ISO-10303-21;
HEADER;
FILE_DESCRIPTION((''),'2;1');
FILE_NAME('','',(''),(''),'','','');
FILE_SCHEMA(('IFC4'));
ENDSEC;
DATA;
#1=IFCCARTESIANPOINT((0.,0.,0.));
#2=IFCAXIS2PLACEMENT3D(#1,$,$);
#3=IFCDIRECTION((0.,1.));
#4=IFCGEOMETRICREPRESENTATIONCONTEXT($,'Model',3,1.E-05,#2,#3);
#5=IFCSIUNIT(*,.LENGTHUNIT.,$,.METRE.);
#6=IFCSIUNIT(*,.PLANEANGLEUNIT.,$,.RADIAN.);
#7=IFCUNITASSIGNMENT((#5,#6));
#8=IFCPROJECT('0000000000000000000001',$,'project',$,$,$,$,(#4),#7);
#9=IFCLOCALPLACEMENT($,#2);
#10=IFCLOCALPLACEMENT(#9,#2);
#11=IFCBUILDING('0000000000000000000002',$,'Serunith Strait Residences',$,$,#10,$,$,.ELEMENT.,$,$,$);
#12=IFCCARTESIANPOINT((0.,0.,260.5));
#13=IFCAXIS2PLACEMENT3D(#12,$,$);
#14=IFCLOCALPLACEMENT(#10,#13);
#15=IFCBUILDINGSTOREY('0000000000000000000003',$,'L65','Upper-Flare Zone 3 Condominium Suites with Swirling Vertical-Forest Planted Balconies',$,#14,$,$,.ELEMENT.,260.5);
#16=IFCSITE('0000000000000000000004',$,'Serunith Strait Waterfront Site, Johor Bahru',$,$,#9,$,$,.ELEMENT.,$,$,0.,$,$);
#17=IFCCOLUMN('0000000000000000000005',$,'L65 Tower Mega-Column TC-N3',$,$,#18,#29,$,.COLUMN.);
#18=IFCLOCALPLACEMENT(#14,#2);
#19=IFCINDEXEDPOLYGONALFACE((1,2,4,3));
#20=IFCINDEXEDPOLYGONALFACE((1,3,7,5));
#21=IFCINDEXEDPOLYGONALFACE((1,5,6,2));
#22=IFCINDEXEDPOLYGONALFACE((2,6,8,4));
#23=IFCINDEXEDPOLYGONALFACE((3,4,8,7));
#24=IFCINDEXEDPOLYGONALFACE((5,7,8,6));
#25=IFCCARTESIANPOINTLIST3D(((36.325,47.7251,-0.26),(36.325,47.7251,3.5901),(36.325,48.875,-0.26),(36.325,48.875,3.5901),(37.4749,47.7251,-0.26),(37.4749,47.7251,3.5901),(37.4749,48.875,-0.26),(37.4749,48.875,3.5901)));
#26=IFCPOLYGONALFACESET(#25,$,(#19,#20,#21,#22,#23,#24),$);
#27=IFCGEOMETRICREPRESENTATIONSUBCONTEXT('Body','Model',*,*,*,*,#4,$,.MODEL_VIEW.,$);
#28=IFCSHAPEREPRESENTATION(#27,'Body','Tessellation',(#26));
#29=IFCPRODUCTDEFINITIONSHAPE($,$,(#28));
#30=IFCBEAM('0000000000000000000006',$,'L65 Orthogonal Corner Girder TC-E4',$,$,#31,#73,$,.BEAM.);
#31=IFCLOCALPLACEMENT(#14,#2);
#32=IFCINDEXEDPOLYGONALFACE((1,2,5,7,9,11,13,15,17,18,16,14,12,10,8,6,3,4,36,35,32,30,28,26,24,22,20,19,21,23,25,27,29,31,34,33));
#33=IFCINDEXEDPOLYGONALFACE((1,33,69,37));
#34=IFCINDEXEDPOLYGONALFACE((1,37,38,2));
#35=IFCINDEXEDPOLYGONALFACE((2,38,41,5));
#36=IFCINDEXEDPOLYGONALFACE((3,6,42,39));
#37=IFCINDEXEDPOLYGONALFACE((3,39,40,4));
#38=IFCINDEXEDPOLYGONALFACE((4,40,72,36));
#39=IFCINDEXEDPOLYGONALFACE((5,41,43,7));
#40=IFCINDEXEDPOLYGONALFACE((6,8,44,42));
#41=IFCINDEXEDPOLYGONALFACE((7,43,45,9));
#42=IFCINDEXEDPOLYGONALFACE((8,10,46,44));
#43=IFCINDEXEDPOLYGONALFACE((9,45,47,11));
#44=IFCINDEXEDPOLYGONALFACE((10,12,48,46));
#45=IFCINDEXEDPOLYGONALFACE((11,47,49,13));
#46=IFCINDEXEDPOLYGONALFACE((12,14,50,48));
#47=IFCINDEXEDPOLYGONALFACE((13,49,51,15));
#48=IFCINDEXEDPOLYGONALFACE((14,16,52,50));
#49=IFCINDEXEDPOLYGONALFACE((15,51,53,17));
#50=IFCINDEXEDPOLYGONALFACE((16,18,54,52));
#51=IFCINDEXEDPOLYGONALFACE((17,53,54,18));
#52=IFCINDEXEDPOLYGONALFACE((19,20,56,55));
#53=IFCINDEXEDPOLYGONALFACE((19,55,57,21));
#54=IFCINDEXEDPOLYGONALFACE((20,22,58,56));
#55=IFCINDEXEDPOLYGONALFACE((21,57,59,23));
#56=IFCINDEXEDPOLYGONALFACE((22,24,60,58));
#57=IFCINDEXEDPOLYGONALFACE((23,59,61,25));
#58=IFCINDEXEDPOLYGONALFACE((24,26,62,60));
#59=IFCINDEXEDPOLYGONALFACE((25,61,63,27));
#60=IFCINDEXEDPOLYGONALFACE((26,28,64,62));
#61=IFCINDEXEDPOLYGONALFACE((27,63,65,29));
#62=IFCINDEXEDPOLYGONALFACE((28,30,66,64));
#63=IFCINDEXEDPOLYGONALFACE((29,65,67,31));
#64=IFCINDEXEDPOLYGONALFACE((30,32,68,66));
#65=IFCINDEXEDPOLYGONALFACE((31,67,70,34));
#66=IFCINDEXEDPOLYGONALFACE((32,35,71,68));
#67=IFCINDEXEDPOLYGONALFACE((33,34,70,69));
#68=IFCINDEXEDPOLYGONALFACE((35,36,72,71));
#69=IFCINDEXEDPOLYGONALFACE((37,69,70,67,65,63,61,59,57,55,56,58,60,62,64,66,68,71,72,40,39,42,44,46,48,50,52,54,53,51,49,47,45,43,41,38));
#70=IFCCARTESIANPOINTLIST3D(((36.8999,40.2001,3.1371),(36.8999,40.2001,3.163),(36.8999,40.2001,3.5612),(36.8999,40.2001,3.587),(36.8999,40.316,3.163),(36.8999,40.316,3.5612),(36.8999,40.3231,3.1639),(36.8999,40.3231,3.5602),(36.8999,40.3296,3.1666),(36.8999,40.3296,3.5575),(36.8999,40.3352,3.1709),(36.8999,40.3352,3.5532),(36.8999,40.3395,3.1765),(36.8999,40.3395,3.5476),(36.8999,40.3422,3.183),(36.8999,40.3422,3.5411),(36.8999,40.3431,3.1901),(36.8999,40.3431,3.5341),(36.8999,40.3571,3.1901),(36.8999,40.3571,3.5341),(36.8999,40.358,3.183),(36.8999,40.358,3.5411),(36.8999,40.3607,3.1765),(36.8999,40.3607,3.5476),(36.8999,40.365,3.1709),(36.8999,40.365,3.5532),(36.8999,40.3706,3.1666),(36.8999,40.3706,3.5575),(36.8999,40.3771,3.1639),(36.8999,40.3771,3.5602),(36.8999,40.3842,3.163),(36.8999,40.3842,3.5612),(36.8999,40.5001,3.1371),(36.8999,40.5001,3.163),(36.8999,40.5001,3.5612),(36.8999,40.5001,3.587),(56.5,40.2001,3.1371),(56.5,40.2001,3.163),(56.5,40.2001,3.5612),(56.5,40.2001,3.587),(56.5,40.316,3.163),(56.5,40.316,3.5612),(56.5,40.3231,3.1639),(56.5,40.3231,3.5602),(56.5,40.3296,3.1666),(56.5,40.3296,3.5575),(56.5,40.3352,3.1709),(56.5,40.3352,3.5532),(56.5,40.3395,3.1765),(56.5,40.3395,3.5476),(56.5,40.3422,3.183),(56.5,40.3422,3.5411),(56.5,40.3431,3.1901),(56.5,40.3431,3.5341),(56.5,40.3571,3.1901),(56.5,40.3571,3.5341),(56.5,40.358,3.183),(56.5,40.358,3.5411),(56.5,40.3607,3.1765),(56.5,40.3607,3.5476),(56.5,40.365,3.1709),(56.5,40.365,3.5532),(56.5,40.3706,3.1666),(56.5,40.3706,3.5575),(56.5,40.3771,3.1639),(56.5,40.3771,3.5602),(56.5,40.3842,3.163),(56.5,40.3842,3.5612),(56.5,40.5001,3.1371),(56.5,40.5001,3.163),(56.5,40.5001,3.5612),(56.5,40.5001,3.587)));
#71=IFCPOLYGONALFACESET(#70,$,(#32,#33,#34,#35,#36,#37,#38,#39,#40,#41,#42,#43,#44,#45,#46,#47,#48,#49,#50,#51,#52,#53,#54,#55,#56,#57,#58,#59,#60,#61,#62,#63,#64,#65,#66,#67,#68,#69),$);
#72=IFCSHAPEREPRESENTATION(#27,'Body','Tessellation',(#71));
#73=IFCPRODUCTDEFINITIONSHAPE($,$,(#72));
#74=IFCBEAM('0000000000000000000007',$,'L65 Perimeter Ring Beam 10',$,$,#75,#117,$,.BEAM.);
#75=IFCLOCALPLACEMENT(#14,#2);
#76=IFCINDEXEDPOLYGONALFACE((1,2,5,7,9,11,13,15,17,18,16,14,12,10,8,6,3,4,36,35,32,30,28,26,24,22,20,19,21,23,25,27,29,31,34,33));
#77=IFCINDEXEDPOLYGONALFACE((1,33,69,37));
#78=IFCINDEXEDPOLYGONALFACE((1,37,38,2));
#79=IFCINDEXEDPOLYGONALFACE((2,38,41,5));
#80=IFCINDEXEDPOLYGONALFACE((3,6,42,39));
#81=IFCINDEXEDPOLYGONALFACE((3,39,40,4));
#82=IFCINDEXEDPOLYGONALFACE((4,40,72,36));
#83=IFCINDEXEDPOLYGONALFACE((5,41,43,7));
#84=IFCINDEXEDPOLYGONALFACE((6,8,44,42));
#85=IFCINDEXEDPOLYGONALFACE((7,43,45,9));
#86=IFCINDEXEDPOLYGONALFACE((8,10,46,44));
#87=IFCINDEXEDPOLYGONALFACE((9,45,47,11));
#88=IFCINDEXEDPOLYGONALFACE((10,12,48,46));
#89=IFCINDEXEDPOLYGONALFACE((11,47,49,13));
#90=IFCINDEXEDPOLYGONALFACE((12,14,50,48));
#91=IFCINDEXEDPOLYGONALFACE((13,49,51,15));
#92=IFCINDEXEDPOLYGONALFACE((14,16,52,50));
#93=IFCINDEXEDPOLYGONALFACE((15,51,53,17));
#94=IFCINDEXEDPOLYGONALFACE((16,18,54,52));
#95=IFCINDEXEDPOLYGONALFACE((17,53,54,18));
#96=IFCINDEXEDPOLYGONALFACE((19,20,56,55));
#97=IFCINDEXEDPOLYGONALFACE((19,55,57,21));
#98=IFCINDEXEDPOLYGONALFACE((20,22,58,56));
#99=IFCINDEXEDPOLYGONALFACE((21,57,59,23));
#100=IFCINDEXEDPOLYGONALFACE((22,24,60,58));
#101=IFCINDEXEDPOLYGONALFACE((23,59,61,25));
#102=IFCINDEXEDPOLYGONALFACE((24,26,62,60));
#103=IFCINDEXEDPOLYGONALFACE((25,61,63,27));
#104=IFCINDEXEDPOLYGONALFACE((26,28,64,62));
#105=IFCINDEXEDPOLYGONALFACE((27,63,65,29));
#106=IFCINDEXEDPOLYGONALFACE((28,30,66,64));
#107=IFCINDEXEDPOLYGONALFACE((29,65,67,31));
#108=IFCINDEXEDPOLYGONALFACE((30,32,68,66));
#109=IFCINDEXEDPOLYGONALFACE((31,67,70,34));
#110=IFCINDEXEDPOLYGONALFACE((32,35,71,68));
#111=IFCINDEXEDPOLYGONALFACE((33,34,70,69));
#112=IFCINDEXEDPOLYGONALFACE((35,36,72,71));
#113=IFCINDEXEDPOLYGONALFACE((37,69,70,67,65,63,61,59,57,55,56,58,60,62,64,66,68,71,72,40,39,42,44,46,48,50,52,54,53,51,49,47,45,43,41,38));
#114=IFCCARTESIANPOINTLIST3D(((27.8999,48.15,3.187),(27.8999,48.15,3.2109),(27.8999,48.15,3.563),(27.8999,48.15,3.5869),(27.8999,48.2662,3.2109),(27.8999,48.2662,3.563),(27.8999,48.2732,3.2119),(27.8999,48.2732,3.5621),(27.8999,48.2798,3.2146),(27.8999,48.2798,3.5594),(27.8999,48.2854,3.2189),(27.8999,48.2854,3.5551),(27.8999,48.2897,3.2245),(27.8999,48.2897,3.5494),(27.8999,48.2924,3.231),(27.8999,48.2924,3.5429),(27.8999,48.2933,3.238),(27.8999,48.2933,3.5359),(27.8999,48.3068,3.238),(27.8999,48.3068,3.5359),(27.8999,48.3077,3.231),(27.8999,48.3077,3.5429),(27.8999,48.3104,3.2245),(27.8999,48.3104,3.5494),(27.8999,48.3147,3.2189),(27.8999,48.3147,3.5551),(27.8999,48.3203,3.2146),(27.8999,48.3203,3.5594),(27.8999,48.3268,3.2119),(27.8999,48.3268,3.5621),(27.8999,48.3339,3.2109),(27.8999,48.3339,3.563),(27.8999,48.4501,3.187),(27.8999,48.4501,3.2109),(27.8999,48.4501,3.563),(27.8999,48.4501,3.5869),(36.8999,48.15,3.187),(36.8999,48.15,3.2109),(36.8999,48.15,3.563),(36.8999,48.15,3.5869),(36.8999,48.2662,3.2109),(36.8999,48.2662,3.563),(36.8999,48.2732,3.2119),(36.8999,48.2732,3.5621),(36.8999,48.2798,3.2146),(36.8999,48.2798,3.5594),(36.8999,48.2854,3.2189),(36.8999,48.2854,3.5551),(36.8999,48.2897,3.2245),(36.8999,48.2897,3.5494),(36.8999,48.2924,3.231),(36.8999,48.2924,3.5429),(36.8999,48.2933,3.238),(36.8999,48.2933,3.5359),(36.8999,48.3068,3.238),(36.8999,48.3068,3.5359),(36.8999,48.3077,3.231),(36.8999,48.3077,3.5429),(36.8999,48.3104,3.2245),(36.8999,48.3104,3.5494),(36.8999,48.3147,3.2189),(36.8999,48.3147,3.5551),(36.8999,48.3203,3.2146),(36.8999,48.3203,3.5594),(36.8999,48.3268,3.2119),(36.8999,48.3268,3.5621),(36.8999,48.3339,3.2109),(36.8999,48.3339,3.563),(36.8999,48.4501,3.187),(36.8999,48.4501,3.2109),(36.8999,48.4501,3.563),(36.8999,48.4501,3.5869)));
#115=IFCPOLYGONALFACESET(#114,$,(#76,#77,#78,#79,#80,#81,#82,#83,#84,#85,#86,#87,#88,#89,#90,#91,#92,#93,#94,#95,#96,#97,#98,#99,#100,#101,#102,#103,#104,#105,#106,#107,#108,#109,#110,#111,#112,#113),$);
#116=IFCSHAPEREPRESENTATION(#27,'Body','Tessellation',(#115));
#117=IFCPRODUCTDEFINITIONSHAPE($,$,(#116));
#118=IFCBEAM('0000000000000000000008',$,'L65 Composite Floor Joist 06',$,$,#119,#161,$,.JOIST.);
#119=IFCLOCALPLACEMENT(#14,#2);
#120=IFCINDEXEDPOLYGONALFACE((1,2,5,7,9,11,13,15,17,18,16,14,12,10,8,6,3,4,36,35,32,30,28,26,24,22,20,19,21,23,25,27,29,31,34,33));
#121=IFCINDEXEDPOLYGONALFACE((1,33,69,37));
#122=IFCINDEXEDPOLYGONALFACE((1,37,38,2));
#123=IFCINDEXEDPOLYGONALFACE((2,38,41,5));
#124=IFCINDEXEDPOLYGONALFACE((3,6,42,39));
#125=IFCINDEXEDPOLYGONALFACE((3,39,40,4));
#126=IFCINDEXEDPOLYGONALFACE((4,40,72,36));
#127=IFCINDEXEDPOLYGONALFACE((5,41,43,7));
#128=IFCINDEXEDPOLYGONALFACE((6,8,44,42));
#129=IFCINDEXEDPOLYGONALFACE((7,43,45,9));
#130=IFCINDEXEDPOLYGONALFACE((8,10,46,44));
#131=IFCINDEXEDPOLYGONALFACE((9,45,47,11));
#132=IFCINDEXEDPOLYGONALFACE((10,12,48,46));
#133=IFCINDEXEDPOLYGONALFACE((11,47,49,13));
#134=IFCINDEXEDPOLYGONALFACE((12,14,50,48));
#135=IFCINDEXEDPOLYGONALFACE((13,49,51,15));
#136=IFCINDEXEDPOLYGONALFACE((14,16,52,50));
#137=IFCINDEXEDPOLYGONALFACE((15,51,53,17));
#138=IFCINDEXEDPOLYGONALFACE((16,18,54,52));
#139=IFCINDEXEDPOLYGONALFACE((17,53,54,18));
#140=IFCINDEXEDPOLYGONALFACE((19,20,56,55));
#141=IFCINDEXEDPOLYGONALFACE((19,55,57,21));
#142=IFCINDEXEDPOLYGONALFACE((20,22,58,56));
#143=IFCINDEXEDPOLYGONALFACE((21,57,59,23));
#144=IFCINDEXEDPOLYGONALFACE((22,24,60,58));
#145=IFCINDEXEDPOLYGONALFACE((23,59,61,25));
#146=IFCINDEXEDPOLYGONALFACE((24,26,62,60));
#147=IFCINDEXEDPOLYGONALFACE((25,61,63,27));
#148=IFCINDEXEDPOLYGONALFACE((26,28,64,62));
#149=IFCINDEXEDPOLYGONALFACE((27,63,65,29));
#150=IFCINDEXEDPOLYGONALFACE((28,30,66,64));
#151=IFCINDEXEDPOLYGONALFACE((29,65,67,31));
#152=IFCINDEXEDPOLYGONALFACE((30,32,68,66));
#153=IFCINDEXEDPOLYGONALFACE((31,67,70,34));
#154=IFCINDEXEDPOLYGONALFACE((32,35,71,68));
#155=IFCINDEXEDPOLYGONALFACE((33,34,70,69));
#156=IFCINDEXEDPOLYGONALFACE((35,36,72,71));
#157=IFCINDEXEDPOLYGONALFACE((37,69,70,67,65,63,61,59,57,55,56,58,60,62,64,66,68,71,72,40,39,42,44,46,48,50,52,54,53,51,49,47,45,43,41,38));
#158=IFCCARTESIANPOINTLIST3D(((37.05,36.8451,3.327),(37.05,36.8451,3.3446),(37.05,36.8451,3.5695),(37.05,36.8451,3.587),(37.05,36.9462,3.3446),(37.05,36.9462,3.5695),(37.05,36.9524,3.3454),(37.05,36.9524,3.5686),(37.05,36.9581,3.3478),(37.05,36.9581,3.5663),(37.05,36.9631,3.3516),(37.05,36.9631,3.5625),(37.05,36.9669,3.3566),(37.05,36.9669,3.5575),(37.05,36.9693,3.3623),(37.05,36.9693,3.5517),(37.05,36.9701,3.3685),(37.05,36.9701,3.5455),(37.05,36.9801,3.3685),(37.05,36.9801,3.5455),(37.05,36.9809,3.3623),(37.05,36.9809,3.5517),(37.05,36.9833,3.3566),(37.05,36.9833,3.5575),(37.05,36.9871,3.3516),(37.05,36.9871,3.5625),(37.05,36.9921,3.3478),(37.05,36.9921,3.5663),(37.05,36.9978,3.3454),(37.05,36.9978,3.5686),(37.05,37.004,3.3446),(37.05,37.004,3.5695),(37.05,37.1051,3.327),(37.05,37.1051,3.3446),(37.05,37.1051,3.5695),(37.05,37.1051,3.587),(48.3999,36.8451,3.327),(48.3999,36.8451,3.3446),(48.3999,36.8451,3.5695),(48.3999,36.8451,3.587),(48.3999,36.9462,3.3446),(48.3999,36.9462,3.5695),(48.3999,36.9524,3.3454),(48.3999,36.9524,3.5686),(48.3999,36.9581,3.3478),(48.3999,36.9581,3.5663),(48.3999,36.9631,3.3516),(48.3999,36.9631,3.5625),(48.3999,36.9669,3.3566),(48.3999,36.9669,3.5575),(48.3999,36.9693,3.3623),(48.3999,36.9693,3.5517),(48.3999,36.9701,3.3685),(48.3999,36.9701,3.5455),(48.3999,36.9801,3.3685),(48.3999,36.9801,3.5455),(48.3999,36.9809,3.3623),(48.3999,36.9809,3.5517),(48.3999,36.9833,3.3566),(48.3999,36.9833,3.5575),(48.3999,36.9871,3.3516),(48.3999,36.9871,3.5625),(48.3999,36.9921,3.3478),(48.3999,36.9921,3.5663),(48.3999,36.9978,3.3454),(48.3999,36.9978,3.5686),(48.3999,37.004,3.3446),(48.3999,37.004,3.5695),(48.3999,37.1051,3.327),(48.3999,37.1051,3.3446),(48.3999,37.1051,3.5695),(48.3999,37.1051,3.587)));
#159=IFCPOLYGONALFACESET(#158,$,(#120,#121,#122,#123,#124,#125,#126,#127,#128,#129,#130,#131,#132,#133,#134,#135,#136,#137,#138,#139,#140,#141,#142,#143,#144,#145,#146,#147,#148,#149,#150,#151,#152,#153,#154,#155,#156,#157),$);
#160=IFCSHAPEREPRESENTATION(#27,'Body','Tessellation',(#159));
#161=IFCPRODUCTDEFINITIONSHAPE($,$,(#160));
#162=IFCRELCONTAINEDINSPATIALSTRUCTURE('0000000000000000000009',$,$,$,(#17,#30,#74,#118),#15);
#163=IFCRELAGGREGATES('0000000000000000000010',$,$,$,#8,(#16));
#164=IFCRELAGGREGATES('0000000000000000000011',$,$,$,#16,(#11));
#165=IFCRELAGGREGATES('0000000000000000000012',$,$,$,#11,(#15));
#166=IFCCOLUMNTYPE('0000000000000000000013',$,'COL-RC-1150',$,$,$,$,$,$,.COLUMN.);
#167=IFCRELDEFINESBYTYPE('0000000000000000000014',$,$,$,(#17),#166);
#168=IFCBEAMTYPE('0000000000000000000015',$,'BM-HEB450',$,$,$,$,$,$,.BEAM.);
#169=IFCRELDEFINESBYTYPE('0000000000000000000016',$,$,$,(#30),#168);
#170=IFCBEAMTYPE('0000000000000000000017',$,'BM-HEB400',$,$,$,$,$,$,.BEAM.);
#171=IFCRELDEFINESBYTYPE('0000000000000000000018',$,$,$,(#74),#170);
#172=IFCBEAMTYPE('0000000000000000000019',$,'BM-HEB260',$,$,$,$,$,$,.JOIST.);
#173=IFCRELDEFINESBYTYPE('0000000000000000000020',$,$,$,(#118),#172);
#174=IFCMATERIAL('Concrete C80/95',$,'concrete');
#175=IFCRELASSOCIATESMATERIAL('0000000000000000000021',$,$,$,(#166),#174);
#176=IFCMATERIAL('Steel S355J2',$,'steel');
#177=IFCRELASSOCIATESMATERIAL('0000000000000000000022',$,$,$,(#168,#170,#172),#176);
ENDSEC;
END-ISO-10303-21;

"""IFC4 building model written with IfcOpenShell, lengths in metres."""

from ifc_helpers import new_model, si_unit, direction, frame, origin, origin_2d, place, context, subcontext, project, spatial, rectangle, i_section, extrude, source, transform, mapped, material, material_profile, profile_set, type_object, element, save


model = new_model("IFC4")

# Units and contexts
model_context = context("Model", 3, precision=1e-05, world=origin(), true_north=direction((0.0, 1.0)))
body_context = subcontext(model_context, "Body", "Model", "MODEL_VIEW")
ifc_project = project(units=[si_unit("LENGTHUNIT", "METRE"), si_unit("PLANEANGLEUNIT", "RADIAN")], contexts=[model_context])

# Site, building, storey
site_placement = place(None, origin())
site = spatial("IfcSite", under=ifc_project, at=site_placement, Name="Serunith Strait Waterfront Site, Johor Bahru", CompositionType="ELEMENT", RefElevation=0.0)
building_placement = place(site_placement, origin())
building = spatial("IfcBuilding", under=site, at=building_placement, Name="Serunith Strait Residences", CompositionType="ELEMENT")
storey_placement = place(building_placement, frame((0.0, 0.0, 260.5)))
storey = spatial("IfcBuildingStorey", under=building, at=storey_placement, Name="L65", Description="Upper-Flare Zone 3 Condominium Suites with Swirling Vertical-Forest Planted Balconies", CompositionType="ELEMENT", Elevation=260.5)

# Column
ifc_material_1 = material(Name="Concrete C80/95", Category="concrete")
ifc_material_profile_1 = material_profile(ifc_material_1, rectangle(XDim=1.1499, YDim=1.1499, at=origin_2d()), Name="RC 1150x1150")
ifc_profile_set_1 = profile_set([ifc_material_profile_1], Name="Concrete C80/95")
column_type = type_object("IfcColumnType", Name="COL-RC-1150", PredefinedType="COLUMN", material=ifc_profile_set_1)
shared_shape_1 = source(origin(), body_context, "Body", "SweptSolid", [
    extrude(rectangle(XDim=1.1499, YDim=1.1499, at=origin_2d()), origin(), (0.0, 0.0, 1.0), 3.8501),
])
column_placement = place(storey_placement, frame((36.8999, 48.3, -0.26), z_axis=(0.0, 0.0, 1.0), x_axis=(1.0, 0.0, 0.0)))
element("IfcColumn", 1, at=column_placement, inside=storey, type_object=column_type, Name="L65 Tower Mega-Column TC-N3", PredefinedType="COLUMN", context=body_context, shape_type="MappedRepresentation", body=[
    mapped(shared_shape_1, transform((0.0, 0.0, 0.0), scale=1.0)),
])

# Beams
ifc_material_2 = material(Name="Steel S355J2", Category="steel")
ifc_material_profile_2 = material_profile(ifc_material_2, i_section(OverallWidth=0.3, OverallDepth=0.45, WebThickness=0.0139, FlangeThickness=0.0259, FilletRadius=0.0271, at=origin_2d()), Name="HEB 450")
ifc_profile_set_2 = profile_set([ifc_material_profile_2], Name="Steel S355J2")
beam_type_1 = type_object("IfcBeamType", Name="BM-HEB450", PredefinedType="BEAM", material=ifc_profile_set_2)
shared_shape_2 = source(origin(), body_context, "Body", "SweptSolid", [
    extrude(i_section(OverallWidth=0.3, OverallDepth=0.45, WebThickness=0.0139, FlangeThickness=0.0259, FilletRadius=0.0271, at=origin_2d()), origin(), (0.0, 0.0, 1.0), 19.6001),
])
beam_1_placement = place(storey_placement, frame((36.8999, 40.3501, 3.3621), z_axis=(1.0, 0.0, 0.0), x_axis=(0.0, 1.0, 0.0)))
element("IfcBeam", 2, at=beam_1_placement, inside=storey, type_object=beam_type_1, Name="L65 Orthogonal Corner Girder TC-E4", PredefinedType="BEAM", context=body_context, shape_type="MappedRepresentation", body=[
    mapped(shared_shape_2, transform((0.0, 0.0, 0.0), scale=1.0)),
])
ifc_material_profile_3 = material_profile(ifc_material_2, i_section(OverallWidth=0.3, OverallDepth=0.3999, WebThickness=0.0134, FlangeThickness=0.0239, FilletRadius=0.0271, at=origin_2d()), Name="HEB 400")
ifc_profile_set_3 = profile_set([ifc_material_profile_3], Name="Steel S355J2")
beam_type_2 = type_object("IfcBeamType", Name="BM-HEB400", PredefinedType="BEAM", material=ifc_profile_set_3)
shared_shape_3 = source(origin(), body_context, "Body", "SweptSolid", [
    extrude(i_section(OverallWidth=0.3, OverallDepth=0.3999, WebThickness=0.0134, FlangeThickness=0.0239, FilletRadius=0.0271, at=origin_2d()), origin(), (0.0, 0.0, 1.0), 9.0),
])
beam_2_placement = place(storey_placement, frame((36.8999, 48.3, 3.387), z_axis=(-1.0, 0.0, 0.0), x_axis=(0.0, -1.0, 0.0)))
element("IfcBeam", 3, at=beam_2_placement, inside=storey, type_object=beam_type_2, Name="L65 Perimeter Ring Beam 10", PredefinedType="BEAM", context=body_context, shape_type="MappedRepresentation", body=[
    mapped(shared_shape_3, transform((0.0, 0.0, 0.0), scale=1.0)),
])
ifc_material_profile_4 = material_profile(ifc_material_2, i_section(OverallWidth=0.26, OverallDepth=0.26, WebThickness=0.01, FlangeThickness=0.0176, FilletRadius=0.0239, at=origin_2d()), Name="HEB 260")
ifc_profile_set_4 = profile_set([ifc_material_profile_4], Name="Steel S355J2")
beam_type_3 = type_object("IfcBeamType", Name="BM-HEB260", PredefinedType="JOIST", material=ifc_profile_set_4)
shared_shape_4 = source(origin(), body_context, "Body", "SweptSolid", [
    extrude(i_section(OverallWidth=0.26, OverallDepth=0.26, WebThickness=0.01, FlangeThickness=0.0176, FilletRadius=0.0239, at=origin_2d()), origin(), (0.0, 0.0, 1.0), 11.3499),
])
beam_3_placement = place(storey_placement, frame((37.05, 36.9751, 3.457), z_axis=(1.0, 0.0, 0.0), x_axis=(0.0, 1.0, 0.0)))
element("IfcBeam", 4, at=beam_3_placement, inside=storey, type_object=beam_type_3, Name="L65 Composite Floor Joist 06", PredefinedType="JOIST", context=body_context, shape_type="MappedRepresentation", body=[
    mapped(shared_shape_4, transform((0.0, 0.0, 0.0), scale=1.0)),
])

save(model, "model.ifc")
